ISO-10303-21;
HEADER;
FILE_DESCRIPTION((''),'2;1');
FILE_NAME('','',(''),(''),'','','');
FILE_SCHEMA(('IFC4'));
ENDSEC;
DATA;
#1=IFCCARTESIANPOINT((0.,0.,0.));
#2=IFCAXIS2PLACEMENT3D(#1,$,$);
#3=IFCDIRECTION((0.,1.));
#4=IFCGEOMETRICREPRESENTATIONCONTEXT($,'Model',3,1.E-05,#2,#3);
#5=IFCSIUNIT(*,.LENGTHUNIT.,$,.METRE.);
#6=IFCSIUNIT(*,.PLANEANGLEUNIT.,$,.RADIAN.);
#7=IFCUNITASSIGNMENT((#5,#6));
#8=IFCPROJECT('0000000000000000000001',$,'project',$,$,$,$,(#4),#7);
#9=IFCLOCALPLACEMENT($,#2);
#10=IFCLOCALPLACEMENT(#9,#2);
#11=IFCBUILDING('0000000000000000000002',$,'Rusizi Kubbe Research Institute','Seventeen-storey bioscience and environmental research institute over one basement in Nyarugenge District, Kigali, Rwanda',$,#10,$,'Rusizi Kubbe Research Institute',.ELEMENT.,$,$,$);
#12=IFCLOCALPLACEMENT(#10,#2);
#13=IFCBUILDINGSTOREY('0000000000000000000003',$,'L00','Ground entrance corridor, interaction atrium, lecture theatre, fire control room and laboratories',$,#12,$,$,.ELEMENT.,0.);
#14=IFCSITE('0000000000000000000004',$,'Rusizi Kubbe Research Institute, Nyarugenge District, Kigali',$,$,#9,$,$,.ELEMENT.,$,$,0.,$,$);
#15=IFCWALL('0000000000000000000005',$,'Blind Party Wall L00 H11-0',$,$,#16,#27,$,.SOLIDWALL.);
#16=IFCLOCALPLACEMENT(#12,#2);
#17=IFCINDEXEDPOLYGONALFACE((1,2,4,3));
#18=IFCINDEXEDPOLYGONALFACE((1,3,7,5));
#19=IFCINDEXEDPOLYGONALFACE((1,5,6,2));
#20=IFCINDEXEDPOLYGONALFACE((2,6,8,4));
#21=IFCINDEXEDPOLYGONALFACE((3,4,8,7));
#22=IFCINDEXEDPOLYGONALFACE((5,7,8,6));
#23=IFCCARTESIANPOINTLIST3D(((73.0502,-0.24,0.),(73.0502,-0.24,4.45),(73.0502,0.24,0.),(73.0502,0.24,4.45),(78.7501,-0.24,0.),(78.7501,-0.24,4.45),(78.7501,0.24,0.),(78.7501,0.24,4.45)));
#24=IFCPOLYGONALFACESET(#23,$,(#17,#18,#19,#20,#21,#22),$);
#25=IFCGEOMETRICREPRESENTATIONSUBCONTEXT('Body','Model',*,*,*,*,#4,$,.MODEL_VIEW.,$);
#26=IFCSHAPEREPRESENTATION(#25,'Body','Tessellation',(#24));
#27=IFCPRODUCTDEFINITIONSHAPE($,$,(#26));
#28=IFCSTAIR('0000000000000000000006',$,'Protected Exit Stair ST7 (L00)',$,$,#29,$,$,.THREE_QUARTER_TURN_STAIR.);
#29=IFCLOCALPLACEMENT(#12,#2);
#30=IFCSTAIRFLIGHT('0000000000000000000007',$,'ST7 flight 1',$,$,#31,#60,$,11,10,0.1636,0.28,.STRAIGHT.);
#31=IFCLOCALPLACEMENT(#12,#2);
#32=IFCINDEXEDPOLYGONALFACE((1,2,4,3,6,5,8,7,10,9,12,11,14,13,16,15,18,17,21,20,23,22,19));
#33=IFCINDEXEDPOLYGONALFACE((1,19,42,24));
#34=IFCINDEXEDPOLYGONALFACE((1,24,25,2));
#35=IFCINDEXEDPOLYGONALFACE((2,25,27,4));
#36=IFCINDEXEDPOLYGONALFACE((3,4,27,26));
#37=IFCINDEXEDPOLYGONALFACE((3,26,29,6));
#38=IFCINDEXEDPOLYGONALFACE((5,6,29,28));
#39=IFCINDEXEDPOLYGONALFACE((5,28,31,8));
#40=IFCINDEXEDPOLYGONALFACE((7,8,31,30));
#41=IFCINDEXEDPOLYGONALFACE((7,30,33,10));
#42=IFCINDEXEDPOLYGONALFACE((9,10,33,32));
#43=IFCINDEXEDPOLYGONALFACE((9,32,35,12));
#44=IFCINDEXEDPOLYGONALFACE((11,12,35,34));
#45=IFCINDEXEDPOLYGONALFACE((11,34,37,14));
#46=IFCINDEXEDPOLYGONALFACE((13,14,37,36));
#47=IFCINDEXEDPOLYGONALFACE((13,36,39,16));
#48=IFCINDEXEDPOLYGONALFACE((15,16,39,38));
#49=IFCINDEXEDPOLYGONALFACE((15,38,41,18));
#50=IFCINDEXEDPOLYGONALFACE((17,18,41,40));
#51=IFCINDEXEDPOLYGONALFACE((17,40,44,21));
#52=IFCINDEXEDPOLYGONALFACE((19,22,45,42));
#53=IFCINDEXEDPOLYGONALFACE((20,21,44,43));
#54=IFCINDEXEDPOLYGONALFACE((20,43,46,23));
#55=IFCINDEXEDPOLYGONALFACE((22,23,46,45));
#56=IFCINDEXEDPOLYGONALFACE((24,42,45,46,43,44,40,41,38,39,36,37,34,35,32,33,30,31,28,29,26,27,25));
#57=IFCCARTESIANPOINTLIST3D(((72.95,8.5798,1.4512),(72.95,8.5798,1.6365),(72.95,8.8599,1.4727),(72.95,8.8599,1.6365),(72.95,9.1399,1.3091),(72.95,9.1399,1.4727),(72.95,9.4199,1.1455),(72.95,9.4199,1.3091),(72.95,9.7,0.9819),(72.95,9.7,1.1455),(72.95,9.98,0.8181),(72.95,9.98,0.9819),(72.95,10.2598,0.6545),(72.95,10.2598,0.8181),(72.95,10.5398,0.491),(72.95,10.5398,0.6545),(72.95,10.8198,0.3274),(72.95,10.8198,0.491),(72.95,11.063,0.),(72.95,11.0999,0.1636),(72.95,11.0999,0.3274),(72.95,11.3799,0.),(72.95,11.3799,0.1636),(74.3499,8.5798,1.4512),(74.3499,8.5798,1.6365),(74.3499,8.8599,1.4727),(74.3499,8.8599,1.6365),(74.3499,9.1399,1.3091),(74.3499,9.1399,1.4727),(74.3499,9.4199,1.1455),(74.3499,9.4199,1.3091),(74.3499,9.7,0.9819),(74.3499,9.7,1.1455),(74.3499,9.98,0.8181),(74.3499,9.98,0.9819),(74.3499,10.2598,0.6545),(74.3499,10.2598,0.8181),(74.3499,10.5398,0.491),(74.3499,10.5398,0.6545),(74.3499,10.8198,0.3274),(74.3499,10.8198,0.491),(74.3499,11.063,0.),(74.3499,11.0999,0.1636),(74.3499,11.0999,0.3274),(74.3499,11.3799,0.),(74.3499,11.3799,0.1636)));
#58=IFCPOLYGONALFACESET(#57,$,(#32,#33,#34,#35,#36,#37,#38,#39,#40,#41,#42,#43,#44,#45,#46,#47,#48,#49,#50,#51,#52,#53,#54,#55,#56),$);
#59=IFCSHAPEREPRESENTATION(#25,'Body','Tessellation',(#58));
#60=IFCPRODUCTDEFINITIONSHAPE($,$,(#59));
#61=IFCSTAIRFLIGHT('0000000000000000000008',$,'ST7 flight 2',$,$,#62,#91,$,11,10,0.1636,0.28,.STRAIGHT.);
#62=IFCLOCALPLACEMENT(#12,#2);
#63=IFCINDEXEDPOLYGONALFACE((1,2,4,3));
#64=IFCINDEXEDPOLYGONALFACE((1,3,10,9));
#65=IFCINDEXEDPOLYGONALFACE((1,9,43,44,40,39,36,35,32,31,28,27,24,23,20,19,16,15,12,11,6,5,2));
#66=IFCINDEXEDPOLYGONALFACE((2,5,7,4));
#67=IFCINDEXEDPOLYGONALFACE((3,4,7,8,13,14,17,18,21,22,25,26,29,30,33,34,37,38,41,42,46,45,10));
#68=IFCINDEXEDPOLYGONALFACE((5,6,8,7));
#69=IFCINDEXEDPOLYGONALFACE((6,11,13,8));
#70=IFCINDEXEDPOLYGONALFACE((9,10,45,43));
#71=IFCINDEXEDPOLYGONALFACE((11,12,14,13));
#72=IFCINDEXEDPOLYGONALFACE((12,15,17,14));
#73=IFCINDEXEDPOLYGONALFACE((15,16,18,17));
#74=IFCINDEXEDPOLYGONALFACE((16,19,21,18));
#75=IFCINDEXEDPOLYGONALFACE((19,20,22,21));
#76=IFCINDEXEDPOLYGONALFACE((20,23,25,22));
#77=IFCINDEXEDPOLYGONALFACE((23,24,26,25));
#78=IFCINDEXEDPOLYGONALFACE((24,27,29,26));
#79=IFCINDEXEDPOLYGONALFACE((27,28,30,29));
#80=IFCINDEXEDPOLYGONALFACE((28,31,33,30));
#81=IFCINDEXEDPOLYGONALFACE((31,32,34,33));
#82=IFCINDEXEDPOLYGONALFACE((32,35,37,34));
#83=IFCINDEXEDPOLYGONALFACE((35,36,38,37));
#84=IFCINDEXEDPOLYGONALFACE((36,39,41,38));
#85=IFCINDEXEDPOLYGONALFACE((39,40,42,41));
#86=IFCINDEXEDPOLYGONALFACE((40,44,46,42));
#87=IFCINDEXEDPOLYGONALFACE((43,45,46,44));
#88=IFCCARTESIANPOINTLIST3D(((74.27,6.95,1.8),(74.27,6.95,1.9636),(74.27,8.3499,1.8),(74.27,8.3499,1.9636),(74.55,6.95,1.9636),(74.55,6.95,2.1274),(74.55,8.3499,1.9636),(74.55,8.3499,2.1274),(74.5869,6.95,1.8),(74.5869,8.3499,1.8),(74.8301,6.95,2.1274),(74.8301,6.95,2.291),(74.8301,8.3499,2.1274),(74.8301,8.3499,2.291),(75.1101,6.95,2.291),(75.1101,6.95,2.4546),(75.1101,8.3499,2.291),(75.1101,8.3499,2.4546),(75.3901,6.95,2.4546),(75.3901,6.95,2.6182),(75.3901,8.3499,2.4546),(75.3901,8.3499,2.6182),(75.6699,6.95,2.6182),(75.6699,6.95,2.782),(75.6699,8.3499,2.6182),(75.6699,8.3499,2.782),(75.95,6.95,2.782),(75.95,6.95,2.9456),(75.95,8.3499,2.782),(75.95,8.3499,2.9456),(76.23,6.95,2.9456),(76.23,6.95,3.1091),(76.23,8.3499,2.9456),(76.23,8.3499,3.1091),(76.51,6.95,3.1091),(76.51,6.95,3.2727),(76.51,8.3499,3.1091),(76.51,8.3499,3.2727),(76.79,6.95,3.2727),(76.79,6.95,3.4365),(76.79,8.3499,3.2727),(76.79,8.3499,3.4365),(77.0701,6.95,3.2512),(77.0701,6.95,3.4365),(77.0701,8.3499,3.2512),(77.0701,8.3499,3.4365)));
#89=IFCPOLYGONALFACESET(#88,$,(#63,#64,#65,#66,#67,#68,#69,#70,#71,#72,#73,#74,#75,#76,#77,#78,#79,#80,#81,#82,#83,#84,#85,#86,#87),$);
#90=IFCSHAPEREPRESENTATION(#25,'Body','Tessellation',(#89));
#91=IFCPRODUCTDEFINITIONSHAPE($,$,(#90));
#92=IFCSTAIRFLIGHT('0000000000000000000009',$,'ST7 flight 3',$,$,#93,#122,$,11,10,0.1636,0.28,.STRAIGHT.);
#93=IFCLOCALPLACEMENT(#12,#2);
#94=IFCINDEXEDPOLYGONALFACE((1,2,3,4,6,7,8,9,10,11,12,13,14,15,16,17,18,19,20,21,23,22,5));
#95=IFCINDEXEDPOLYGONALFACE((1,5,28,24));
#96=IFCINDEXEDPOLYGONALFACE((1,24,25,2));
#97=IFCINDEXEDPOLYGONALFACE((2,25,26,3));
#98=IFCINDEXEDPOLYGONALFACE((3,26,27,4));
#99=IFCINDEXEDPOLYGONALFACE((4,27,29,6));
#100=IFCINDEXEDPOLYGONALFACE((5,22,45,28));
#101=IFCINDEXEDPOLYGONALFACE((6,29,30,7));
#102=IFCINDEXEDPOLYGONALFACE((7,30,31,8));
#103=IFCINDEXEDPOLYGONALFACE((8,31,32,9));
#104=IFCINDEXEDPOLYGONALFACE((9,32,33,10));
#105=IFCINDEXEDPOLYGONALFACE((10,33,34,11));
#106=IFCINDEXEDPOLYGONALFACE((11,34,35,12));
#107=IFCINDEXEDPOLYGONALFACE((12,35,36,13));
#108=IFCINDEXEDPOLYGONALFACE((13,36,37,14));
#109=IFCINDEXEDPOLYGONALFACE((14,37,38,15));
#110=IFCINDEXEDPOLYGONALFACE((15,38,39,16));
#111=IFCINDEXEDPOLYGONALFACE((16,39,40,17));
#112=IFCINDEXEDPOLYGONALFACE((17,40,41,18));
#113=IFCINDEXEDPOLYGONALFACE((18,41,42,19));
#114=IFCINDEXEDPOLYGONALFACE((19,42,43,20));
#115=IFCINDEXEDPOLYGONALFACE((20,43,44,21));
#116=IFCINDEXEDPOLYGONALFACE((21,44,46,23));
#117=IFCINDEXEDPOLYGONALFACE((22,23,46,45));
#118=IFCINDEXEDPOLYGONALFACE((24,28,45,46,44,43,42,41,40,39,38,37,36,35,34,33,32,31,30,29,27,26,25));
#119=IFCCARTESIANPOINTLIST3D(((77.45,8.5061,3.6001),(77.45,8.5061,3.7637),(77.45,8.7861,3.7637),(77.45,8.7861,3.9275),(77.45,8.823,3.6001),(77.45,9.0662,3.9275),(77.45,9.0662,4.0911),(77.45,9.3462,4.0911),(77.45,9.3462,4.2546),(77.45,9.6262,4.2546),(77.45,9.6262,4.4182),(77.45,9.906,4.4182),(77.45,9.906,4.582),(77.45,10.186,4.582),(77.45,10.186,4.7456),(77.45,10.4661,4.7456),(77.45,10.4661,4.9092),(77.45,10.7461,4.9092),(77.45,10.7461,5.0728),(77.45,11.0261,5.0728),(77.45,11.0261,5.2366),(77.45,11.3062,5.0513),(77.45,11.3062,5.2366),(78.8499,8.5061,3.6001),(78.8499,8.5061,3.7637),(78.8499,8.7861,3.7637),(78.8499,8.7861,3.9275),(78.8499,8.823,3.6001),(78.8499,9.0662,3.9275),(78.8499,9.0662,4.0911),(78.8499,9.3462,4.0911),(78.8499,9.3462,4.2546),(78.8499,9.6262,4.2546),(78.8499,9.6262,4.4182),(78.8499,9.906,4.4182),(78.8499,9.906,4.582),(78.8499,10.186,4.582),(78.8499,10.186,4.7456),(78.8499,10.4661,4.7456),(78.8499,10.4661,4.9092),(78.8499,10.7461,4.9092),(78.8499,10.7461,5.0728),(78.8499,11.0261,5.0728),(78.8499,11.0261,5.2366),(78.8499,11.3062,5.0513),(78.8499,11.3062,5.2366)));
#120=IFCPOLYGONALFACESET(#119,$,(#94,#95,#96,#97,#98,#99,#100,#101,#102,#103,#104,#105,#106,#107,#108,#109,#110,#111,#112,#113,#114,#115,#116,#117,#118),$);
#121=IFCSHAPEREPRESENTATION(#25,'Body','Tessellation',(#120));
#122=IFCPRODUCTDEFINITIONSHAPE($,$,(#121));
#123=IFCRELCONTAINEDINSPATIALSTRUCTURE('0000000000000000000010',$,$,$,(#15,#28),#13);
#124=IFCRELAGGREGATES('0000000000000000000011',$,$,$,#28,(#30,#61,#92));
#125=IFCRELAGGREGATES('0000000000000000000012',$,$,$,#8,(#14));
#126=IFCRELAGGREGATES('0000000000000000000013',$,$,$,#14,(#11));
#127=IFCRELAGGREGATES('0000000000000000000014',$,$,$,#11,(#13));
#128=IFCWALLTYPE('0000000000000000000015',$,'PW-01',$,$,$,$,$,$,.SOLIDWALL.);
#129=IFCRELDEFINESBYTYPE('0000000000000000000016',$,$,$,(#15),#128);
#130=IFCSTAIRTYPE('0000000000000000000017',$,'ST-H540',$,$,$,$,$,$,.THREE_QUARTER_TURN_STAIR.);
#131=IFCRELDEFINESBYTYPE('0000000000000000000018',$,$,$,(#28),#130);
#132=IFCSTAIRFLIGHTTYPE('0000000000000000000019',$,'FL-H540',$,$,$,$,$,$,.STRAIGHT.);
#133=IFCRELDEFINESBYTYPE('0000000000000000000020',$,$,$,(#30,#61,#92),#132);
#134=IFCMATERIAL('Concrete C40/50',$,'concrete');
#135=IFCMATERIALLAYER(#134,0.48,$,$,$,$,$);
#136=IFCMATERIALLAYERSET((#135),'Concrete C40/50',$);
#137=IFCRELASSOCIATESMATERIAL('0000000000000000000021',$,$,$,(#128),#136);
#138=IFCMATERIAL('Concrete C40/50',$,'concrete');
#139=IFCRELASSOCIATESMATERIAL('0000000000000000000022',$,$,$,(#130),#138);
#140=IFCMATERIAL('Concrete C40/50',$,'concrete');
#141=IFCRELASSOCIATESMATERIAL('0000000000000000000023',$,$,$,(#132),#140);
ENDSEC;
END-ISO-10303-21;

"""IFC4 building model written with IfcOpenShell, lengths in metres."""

from ifc_helpers import new_model, si_unit, direction, frame, frame_2d, origin, place, context, subcontext, project, spatial, polyline, rectangle, outline, extrude, material, layer, layer_set, type_object, element, aggregate, save


model = new_model("IFC4")

# Units and contexts
model_context = context("Model", 3, precision=1e-05, world=origin(), true_north=direction((0.0, 1.0)))
body_context = subcontext(model_context, "Body", "Model", "MODEL_VIEW")
ifc_project = project(units=[si_unit("LENGTHUNIT", "METRE"), si_unit("PLANEANGLEUNIT", "RADIAN")], contexts=[model_context])

# Site, building, storey
site_placement = place(None, origin())
site = spatial("IfcSite", under=ifc_project, at=site_placement, Name="Rusizi Kubbe Research Institute, Nyarugenge District, Kigali", CompositionType="ELEMENT", RefElevation=0.0)
building_placement = place(site_placement, origin())
building = spatial("IfcBuilding", under=site, at=building_placement, Name="Rusizi Kubbe Research Institute", Description="Seventeen-storey bioscience and environmental research institute over one basement in Nyarugenge District, Kigali, Rwanda", LongName="Rusizi Kubbe Research Institute", CompositionType="ELEMENT")
storey_placement = place(building_placement, origin())
storey = spatial("IfcBuildingStorey", under=building, at=storey_placement, Name="L00", Description="Ground entrance corridor, interaction atrium, lecture theatre, fire control room and laboratories", CompositionType="ELEMENT", Elevation=0.0)

# Wall
ifc_material_1 = material(Name="Concrete C40/50", Category="concrete")
ifc_layer_1 = layer(ifc_material_1, 0.48)
ifc_layer_set_1 = layer_set([ifc_layer_1], Name="Concrete C40/50")
wall_type_1 = type_object("IfcWallType", Name="PW-01", PredefinedType="SOLIDWALL", material=ifc_layer_set_1)
wall_1_placement = place(storey_placement, frame((73.05, 0.0, 0.0), z_axis=(0.0, 0.0, 1.0), x_axis=(1.0, 0.0, 0.0)))
element("IfcWall", 1, at=wall_1_placement, inside=storey, type_object=wall_type_1, Name="Blind Party Wall L00 H11-0", PredefinedType="SOLIDWALL", context=body_context, shape_type="SweptSolid", body=[
    extrude(rectangle(XDim=5.7, YDim=0.48, at=frame_2d((2.8501, 0.0))), origin(), (0.0, 0.0, 1.0), 4.45),
])

# Stair, stair flights
ifc_material_2 = material(Name="Concrete C40/50", Category="concrete")
stair_type = type_object("IfcStairType", Name="ST-H540", PredefinedType="THREE_QUARTER_TURN_STAIR", material=ifc_material_2)
stair_placement = place(storey_placement, origin())
stair = element("IfcStair", 2, at=stair_placement, inside=storey, type_object=stair_type, Name="Protected Exit Stair ST7 (L00)", PredefinedType="THREE_QUARTER_TURN_STAIR")
ifc_material_3 = material(Name="Concrete C40/50", Category="concrete")
stair_flight_type = type_object("IfcStairFlightType", Name="FL-H540", PredefinedType="STRAIGHT", material=ifc_material_3)
stair_flight_1_placement = place(storey_placement, frame((73.6499, 11.3799, 0.0), z_axis=(0.0, 0.0, 1.0), x_axis=(0.0, -1.0, 0.0)))
stair_flight_1 = element("IfcStairFlight", 3, at=stair_flight_1_placement, type_object=stair_flight_type, Name="ST7 flight 1", NumberOfRisers=11, NumberOfTreads=10, PredefinedType="STRAIGHT", RiserHeight=0.1636, TreadLength=0.28, context=body_context, shape_type="SweptSolid", body=[
    extrude(outline(polyline([(0.0, 0.0), (0.0, 0.1636), (0.28, 0.1636), (0.28, 0.3274), (0.5601, 0.3274), (0.5601, 0.491), (0.8401, 0.491), (0.8401, 0.6545), (1.1201, 0.6545), (1.1201, 0.8181), (1.3999, 0.8181), (1.3999, 0.9819), (1.6799, 0.9819), (1.6799, 1.1455), (1.96, 1.1455), (1.96, 1.3091), (2.24, 1.3091), (2.24, 1.4727), (2.52, 1.4727), (2.52, 1.6365), (2.8, 1.6365), (2.8, 1.8), (2.8, 1.4512), (0.3169, 0.0), (0.0, 0.0)])), frame((0.0, 0.7, 0.0), z_axis=(0.0, -1.0, 0.0), x_axis=(1.0, 0.0, 0.0)), (0.0, 0.0, 1.0), 1.3999),
])
stair_flight_2_placement = place(storey_placement, frame((74.27, 7.6499, 1.8), z_axis=(0.0, 0.0, 1.0), x_axis=(1.0, 0.0, 0.0)))
stair_flight_2 = element("IfcStairFlight", 4, at=stair_flight_2_placement, type_object=stair_flight_type, Name="ST7 flight 2", NumberOfRisers=11, NumberOfTreads=10, PredefinedType="STRAIGHT", RiserHeight=0.1636, TreadLength=0.28, context=body_context, shape_type="SweptSolid", body=[
    extrude(outline(polyline([(0.0, 0.0), (0.0, 0.1636), (0.28, 0.1636), (0.28, 0.3274), (0.5601, 0.3274), (0.5601, 0.491), (0.8401, 0.491), (0.8401, 0.6545), (1.1201, 0.6545), (1.1201, 0.8181), (1.3999, 0.8181), (1.3999, 0.9819), (1.6799, 0.9819), (1.6799, 1.1455), (1.96, 1.1455), (1.96, 1.3091), (2.24, 1.3091), (2.24, 1.4727), (2.52, 1.4727), (2.52, 1.6365), (2.8, 1.6365), (2.8, 1.8), (2.8, 1.4512), (0.3169, 0.0), (0.0, 0.0)])), frame((0.0, 0.7, 0.0), z_axis=(0.0, -1.0, 0.0), x_axis=(1.0, 0.0, 0.0)), (0.0, 0.0, 1.0), 1.3999),
])
stair_flight_3_placement = place(storey_placement, frame((78.1499, 8.5061, 3.6001), z_axis=(0.0, 0.0, 1.0), x_axis=(0.0, 1.0, 0.0)))
stair_flight_3 = element("IfcStairFlight", 5, at=stair_flight_3_placement, type_object=stair_flight_type, Name="ST7 flight 3", NumberOfRisers=11, NumberOfTreads=10, PredefinedType="STRAIGHT", RiserHeight=0.1636, TreadLength=0.28, context=body_context, shape_type="SweptSolid", body=[
    extrude(outline(polyline([(0.0, 0.0), (0.0, 0.1636), (0.28, 0.1636), (0.28, 0.3274), (0.5601, 0.3274), (0.5601, 0.491), (0.8401, 0.491), (0.8401, 0.6545), (1.1201, 0.6545), (1.1201, 0.8181), (1.3999, 0.8181), (1.3999, 0.9819), (1.6799, 0.9819), (1.6799, 1.1455), (1.96, 1.1455), (1.96, 1.3091), (2.24, 1.3091), (2.24, 1.4727), (2.52, 1.4727), (2.52, 1.6365), (2.8, 1.6365), (2.8, 1.8), (2.8, 1.4512), (0.3169, 0.0), (0.0, 0.0)])), frame((0.0, 0.7, 0.0), z_axis=(0.0, -1.0, 0.0), x_axis=(1.0, 0.0, 0.0)), (0.0, 0.0, 1.0), 1.3999),
])
aggregate(stair, [stair_flight_1, stair_flight_2, stair_flight_3])

save(model, "model.ifc")
